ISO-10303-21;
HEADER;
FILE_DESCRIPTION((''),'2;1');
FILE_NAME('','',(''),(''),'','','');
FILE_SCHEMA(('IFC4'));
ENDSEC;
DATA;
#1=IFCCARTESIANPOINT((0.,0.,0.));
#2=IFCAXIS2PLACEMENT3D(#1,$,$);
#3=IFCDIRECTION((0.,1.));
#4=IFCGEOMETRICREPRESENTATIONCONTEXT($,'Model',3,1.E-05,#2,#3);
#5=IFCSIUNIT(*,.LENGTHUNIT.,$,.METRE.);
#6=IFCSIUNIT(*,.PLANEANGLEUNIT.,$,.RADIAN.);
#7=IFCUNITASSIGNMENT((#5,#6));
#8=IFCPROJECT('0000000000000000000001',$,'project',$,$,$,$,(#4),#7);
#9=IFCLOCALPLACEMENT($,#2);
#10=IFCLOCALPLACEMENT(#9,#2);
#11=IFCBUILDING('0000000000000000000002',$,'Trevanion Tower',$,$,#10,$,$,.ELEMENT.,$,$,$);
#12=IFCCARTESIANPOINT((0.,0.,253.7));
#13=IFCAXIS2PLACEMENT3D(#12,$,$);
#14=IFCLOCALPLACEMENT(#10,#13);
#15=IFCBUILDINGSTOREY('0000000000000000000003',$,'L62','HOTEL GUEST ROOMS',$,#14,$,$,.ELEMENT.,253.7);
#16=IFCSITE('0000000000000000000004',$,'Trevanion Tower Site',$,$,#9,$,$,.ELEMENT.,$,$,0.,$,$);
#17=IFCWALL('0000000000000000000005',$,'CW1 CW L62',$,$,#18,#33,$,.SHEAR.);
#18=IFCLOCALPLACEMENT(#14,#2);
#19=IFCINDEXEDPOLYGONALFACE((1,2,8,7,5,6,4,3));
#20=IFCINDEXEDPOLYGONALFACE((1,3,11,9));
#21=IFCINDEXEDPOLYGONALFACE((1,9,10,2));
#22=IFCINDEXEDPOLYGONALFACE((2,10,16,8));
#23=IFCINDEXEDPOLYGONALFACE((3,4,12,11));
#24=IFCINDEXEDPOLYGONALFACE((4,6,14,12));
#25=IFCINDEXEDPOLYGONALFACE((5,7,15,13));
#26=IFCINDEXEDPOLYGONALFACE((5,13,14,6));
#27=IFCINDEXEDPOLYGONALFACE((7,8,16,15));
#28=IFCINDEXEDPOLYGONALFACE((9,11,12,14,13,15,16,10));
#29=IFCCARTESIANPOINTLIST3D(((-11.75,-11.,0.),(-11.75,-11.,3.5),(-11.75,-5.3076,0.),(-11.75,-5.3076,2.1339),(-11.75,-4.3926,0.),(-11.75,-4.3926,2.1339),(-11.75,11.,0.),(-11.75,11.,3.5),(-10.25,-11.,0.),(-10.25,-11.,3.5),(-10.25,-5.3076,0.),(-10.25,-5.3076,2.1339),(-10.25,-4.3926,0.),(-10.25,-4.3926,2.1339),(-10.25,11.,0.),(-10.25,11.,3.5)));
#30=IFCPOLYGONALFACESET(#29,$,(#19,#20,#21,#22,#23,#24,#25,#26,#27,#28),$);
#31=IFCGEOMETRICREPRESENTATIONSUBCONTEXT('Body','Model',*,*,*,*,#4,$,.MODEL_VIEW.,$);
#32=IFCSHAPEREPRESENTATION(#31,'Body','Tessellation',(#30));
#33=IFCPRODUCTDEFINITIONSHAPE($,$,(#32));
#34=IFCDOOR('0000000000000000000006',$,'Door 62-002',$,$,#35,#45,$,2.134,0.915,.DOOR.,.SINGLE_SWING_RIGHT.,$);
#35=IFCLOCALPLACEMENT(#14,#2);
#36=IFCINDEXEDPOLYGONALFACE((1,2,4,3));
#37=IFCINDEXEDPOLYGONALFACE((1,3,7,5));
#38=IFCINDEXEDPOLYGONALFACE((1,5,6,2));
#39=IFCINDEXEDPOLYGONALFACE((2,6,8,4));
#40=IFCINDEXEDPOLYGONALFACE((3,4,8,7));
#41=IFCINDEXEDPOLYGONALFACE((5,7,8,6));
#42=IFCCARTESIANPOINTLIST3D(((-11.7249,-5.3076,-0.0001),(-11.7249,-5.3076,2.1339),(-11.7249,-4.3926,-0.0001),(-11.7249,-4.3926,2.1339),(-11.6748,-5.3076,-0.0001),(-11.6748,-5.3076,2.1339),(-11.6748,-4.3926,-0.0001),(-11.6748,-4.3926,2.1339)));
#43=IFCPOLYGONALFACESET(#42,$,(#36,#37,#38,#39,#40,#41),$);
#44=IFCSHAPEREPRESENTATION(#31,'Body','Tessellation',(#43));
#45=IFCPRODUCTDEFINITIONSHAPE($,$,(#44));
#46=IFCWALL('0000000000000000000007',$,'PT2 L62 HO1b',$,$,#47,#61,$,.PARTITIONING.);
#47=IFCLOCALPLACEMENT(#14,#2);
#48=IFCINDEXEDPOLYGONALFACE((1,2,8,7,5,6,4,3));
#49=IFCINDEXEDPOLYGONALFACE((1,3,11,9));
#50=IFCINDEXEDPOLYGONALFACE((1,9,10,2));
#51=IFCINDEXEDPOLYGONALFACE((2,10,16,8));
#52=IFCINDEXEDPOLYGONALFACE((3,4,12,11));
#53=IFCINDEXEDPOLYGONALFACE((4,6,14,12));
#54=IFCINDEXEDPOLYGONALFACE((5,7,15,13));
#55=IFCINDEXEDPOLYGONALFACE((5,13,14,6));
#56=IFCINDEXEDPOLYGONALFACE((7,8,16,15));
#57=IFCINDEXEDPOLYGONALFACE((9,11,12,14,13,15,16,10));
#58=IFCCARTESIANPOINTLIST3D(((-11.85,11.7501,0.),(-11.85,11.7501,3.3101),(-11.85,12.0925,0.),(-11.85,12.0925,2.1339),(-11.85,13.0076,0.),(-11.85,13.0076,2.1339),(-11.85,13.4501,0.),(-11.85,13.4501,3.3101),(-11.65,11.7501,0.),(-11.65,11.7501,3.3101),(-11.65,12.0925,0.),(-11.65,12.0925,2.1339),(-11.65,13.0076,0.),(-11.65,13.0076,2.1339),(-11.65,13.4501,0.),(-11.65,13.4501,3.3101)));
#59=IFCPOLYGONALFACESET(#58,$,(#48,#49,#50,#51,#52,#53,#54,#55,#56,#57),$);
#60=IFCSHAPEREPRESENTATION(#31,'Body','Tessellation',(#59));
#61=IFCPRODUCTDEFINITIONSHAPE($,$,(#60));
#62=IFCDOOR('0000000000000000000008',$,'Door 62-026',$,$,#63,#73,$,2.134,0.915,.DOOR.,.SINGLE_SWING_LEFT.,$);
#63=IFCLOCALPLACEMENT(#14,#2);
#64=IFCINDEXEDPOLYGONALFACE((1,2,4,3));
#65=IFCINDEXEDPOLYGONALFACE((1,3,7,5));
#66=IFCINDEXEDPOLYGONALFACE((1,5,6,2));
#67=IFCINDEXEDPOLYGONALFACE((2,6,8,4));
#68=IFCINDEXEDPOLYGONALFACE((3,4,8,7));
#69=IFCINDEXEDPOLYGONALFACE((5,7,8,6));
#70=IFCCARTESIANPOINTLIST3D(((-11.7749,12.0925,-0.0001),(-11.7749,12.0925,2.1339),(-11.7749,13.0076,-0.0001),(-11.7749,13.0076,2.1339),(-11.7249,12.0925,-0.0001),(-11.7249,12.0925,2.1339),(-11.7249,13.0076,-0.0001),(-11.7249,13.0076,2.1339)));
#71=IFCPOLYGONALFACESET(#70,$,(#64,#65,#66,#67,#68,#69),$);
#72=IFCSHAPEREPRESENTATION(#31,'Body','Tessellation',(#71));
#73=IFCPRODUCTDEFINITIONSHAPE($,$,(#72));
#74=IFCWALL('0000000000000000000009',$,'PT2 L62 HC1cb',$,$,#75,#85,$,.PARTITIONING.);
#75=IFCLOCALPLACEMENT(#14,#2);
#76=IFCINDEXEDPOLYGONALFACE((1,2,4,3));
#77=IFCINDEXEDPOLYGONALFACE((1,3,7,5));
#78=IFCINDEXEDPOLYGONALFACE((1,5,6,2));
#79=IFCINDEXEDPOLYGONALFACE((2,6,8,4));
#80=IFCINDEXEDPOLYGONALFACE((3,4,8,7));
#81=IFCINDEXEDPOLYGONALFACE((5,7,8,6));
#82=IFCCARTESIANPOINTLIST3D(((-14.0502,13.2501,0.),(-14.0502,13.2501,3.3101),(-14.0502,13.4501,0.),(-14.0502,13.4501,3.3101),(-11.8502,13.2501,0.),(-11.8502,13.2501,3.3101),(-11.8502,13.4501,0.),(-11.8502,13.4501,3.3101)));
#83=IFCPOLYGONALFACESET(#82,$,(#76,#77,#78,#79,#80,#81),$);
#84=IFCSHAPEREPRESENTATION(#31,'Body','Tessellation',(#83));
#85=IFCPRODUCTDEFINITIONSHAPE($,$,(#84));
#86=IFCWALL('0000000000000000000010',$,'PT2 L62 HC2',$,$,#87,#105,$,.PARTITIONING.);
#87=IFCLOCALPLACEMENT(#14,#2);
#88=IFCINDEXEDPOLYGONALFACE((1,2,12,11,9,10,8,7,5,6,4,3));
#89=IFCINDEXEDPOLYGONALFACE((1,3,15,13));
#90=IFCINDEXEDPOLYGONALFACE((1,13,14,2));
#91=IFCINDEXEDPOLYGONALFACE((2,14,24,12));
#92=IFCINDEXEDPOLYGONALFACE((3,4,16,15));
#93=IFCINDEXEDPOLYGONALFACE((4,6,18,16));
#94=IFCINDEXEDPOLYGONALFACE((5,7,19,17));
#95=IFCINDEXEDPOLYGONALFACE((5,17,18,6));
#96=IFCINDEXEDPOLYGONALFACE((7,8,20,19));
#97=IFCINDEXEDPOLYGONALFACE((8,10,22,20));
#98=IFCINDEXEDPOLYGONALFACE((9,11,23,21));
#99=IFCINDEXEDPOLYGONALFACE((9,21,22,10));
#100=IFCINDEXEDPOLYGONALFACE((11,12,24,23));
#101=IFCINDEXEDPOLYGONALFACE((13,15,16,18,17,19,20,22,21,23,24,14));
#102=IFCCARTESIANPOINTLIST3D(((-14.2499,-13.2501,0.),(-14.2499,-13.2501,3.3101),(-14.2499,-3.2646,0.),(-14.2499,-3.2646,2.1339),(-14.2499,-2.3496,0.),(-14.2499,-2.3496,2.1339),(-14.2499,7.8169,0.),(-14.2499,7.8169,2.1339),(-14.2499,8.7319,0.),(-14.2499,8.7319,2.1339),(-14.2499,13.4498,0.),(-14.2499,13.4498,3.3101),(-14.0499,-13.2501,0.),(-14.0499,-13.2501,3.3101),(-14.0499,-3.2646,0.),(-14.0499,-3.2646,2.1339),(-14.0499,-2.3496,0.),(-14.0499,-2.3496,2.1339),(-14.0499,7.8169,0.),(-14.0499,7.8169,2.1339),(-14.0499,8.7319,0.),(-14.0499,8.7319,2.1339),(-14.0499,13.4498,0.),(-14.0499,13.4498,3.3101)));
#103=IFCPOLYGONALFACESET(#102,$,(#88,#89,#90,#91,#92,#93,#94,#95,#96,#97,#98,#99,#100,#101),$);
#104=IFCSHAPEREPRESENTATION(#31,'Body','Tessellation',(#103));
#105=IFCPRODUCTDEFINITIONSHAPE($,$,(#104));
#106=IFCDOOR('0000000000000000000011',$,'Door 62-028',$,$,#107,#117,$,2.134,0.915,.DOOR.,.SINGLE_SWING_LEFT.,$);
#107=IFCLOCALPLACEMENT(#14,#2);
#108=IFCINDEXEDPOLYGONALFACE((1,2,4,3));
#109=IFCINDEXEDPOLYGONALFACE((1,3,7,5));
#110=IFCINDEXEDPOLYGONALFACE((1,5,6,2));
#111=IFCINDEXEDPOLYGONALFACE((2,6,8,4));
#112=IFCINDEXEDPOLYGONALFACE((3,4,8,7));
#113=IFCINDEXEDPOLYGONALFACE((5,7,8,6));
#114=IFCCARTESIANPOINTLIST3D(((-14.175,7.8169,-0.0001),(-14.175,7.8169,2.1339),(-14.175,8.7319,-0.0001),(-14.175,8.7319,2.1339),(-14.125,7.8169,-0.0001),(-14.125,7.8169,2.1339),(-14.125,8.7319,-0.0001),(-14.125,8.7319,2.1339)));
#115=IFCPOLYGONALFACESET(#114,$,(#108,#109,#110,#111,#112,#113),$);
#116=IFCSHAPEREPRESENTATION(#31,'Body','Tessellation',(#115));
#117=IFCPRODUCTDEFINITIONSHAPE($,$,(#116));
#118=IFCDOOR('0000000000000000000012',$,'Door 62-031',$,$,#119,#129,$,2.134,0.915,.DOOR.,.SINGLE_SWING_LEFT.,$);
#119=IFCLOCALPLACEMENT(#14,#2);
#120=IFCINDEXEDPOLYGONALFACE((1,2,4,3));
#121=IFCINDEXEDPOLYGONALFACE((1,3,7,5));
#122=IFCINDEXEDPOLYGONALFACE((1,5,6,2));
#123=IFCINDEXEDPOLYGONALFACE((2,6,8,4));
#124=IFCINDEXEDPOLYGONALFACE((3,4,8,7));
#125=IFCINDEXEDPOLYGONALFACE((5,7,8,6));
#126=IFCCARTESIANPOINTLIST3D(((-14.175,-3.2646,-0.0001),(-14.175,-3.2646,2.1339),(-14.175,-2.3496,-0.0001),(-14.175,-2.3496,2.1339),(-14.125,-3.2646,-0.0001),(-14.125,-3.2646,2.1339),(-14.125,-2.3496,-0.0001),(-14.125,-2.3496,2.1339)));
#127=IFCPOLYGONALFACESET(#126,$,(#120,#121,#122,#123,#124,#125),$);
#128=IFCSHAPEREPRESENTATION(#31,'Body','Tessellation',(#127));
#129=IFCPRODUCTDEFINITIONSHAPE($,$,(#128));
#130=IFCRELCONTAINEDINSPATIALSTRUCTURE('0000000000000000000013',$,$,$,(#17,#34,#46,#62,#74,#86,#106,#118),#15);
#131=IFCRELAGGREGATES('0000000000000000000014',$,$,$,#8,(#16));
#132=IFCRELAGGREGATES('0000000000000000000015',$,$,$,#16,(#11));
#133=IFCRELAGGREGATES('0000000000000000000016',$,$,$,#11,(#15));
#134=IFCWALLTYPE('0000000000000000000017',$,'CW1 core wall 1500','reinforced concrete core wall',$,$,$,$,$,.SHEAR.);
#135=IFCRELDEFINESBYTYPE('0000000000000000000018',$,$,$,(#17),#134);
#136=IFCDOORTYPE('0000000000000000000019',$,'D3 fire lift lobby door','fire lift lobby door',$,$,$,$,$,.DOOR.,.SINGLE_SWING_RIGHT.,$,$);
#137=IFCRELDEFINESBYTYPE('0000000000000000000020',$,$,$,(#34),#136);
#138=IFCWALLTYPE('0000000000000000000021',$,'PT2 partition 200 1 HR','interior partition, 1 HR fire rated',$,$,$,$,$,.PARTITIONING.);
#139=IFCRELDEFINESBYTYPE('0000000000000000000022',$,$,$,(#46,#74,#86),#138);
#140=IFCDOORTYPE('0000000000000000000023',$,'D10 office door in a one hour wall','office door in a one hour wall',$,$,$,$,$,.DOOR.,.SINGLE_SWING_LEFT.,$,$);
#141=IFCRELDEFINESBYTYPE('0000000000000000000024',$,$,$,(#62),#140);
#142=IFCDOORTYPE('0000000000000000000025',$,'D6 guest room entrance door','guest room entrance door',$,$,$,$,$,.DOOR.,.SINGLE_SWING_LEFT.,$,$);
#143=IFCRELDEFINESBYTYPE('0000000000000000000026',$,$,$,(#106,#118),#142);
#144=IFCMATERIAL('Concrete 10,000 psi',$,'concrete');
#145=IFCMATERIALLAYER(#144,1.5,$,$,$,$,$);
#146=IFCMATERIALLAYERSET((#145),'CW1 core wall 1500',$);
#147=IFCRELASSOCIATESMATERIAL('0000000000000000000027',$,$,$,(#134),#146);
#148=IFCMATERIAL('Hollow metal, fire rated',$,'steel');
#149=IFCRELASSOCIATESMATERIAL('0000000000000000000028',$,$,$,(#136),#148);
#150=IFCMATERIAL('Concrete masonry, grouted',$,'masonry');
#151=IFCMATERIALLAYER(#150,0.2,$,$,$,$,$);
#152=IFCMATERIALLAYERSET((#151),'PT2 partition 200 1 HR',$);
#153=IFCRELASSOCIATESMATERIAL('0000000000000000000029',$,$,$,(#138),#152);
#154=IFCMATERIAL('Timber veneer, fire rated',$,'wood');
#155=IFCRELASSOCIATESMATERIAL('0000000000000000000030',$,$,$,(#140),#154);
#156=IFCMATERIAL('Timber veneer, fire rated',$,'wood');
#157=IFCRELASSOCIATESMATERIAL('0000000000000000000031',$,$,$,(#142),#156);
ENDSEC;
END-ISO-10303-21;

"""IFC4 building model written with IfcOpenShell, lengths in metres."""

from ifc_helpers import new_model, si_unit, direction, frame, frame_2d, origin, place, context, subcontext, project, spatial, rectangle, extrude, material, layer, layer_set, type_object, element, fill, save


model = new_model("IFC4")

# Units and contexts
model_context = context("Model", 3, precision=1e-05, world=origin(), true_north=direction((0.0, 1.0)))
body_context = subcontext(model_context, "Body", "Model", "MODEL_VIEW")
ifc_project = project(units=[si_unit("LENGTHUNIT", "METRE"), si_unit("PLANEANGLEUNIT", "RADIAN")], contexts=[model_context])

# Site, building, storey
site_placement = place(None, origin())
site = spatial("IfcSite", under=ifc_project, at=site_placement, Name="Trevanion Tower Site", CompositionType="ELEMENT", RefElevation=0.0)
building_placement = place(site_placement, origin())
building = spatial("IfcBuilding", under=site, at=building_placement, Name="Trevanion Tower", CompositionType="ELEMENT")
storey_placement = place(building_placement, frame((0.0, 0.0, 253.7)))
storey = spatial("IfcBuildingStorey", under=building, at=storey_placement, Name="L62", Description="HOTEL GUEST ROOMS", CompositionType="ELEMENT", Elevation=253.7)

# Walls, openings, doors
ifc_material_1 = material(Name="Concrete 10,000 psi", Category="concrete")
ifc_layer_1 = layer(ifc_material_1, 1.5)
ifc_layer_set_1 = layer_set([ifc_layer_1], Name="CW1 core wall 1500")
wall_type_1 = type_object("IfcWallType", Name="CW1 core wall 1500", Description="reinforced concrete core wall", PredefinedType="SHEAR", material=ifc_layer_set_1)
wall_1_placement = place(storey_placement, frame((-11.0, 11.0, 0.0), z_axis=(0.0, 0.0, 1.0), x_axis=(0.0, -1.0, 0.0)))
wall_1 = element("IfcWall", 1, at=wall_1_placement, inside=storey, type_object=wall_type_1, Name="CW1 CW L62", PredefinedType="SHEAR", context=body_context, shape_type="SweptSolid", body=[
    extrude(rectangle(XDim=22.0, YDim=1.5, at=frame_2d((11.0, 0.0))), origin(), (0.0, 0.0, 1.0), 3.5),
])
opening_1_placement = place(wall_1_placement, frame((15.3926, 0.0, 0.0)))
opening_1 = element("IfcOpeningElement", 2, at=opening_1_placement, cuts=wall_1, PredefinedType="OPENING", context=body_context, shape_type="SweptSolid", body=[
    extrude(rectangle(XDim=0.915, YDim=2.134, at=frame_2d((0.4575, 1.0669))), frame((0.0, 0.76, 0.0), z_axis=(0.0, -1.0, 0.0), x_axis=(1.0, 0.0, 0.0)), (0.0, 0.0, 1.0), 1.52),
])
ifc_material_2 = material(Name="Hollow metal, fire rated", Category="steel")
door_type_1 = type_object("IfcDoorType", Name="D3 fire lift lobby door", Description="fire lift lobby door", OperationType="SINGLE_SWING_RIGHT", PredefinedType="DOOR", material=ifc_material_2)
door_1_placement = place(opening_1_placement, origin())
door_1 = element("IfcDoor", 3, at=door_1_placement, inside=storey, type_object=door_type_1, Name="Door 62-002", OperationType="SINGLE_SWING_RIGHT", OverallHeight=2.134, OverallWidth=0.915, PredefinedType="DOOR", context=body_context, shape_type="SweptSolid", body=[
    extrude(rectangle(XDim=0.915, YDim=2.134, at=frame_2d((0.4575, 1.0669))), frame((0.0, -0.6748, 0.0), z_axis=(0.0, -1.0, 0.0), x_axis=(1.0, 0.0, 0.0)), (0.0, 0.0, 1.0), 0.05),
])
fill(opening_1, door_1)
ifc_material_3 = material(Name="Concrete masonry, grouted", Category="masonry")
ifc_layer_2 = layer(ifc_material_3, 0.2)
ifc_layer_set_2 = layer_set([ifc_layer_2], Name="PT2 partition 200 1 HR")
wall_type_2 = type_object("IfcWallType", Name="PT2 partition 200 1 HR", Description="interior partition, 1 HR fire rated", PredefinedType="PARTITIONING", material=ifc_layer_set_2)
wall_2_placement = place(storey_placement, frame((-11.75, 11.75, 0.0), z_axis=(0.0, 0.0, 1.0), x_axis=(0.0, 1.0, 0.0)))
wall_2 = element("IfcWall", 4, at=wall_2_placement, inside=storey, type_object=wall_type_2, Name="PT2 L62 HO1b", PredefinedType="PARTITIONING", context=body_context, shape_type="SweptSolid", body=[
    extrude(rectangle(XDim=1.7, YDim=0.2, at=frame_2d((0.8501, 0.0))), origin(), (0.0, 0.0, 1.0), 3.3101),
])
opening_2_placement = place(wall_2_placement, frame((0.3425, 0.0, 0.0)))
opening_2 = element("IfcOpeningElement", 5, at=opening_2_placement, cuts=wall_2, PredefinedType="OPENING", context=body_context, shape_type="SweptSolid", body=[
    extrude(rectangle(XDim=0.915, YDim=2.134, at=frame_2d((0.4575, 1.0669))), frame((0.0, 0.1099, 0.0), z_axis=(0.0, -1.0, 0.0), x_axis=(1.0, 0.0, 0.0)), (0.0, 0.0, 1.0), 0.22),
])
ifc_material_4 = material(Name="Timber veneer, fire rated", Category="wood")
door_type_2 = type_object("IfcDoorType", Name="D10 office door in a one hour wall", Description="office door in a one hour wall", OperationType="SINGLE_SWING_LEFT", PredefinedType="DOOR", material=ifc_material_4)
door_2_placement = place(opening_2_placement, origin())
door_2 = element("IfcDoor", 6, at=door_2_placement, inside=storey, type_object=door_type_2, Name="Door 62-026", OperationType="SINGLE_SWING_LEFT", OverallHeight=2.134, OverallWidth=0.915, PredefinedType="DOOR", context=body_context, shape_type="SweptSolid", body=[
    extrude(rectangle(XDim=0.915, YDim=2.134, at=frame_2d((0.4575, 1.0669))), frame((0.0, 0.0249, 0.0), z_axis=(0.0, -1.0, 0.0), x_axis=(1.0, 0.0, 0.0)), (0.0, 0.0, 1.0), 0.05),
])
fill(opening_2, door_2)

# Wall
wall_3_placement = place(storey_placement, frame((-11.8501, 13.3501, 0.0), z_axis=(0.0, 0.0, 1.0), x_axis=(-1.0, 0.0, 0.0)))
element("IfcWall", 7, at=wall_3_placement, inside=storey, type_object=wall_type_2, Name="PT2 L62 HC1cb", PredefinedType="PARTITIONING", context=body_context, shape_type="SweptSolid", body=[
    extrude(rectangle(XDim=2.2, YDim=0.2, at=frame_2d((1.1001, 0.0))), origin(), (0.0, 0.0, 1.0), 3.3101),
])

# Wall, openings, doors
wall_4_placement = place(storey_placement, frame((-14.1499, 13.45, 0.0), z_axis=(0.0, 0.0, 1.0), x_axis=(0.0, -1.0, 0.0)))
wall_4 = element("IfcWall", 8, at=wall_4_placement, inside=storey, type_object=wall_type_2, Name="PT2 L62 HC2", PredefinedType="PARTITIONING", context=body_context, shape_type="SweptSolid", body=[
    extrude(rectangle(XDim=26.7, YDim=0.2, at=frame_2d((13.3501, 0.0))), origin(), (0.0, 0.0, 1.0), 3.3101),
])
opening_3_placement = place(wall_4_placement, frame((4.718, 0.0, 0.0)))
opening_3 = element("IfcOpeningElement", 9, at=opening_3_placement, cuts=wall_4, PredefinedType="OPENING", context=body_context, shape_type="SweptSolid", body=[
    extrude(rectangle(XDim=0.915, YDim=2.134, at=frame_2d((0.4575, 1.0669))), frame((0.0, 0.1099, 0.0), z_axis=(0.0, -1.0, 0.0), x_axis=(1.0, 0.0, 0.0)), (0.0, 0.0, 1.0), 0.22),
])
opening_4_placement = place(wall_4_placement, frame((15.7996, 0.0, 0.0)))
opening_4 = element("IfcOpeningElement", 10, at=opening_4_placement, cuts=wall_4, PredefinedType="OPENING", context=body_context, shape_type="SweptSolid", body=[
    extrude(rectangle(XDim=0.915, YDim=2.134, at=frame_2d((0.4575, 1.0669))), frame((0.0, 0.1099, 0.0), z_axis=(0.0, -1.0, 0.0), x_axis=(1.0, 0.0, 0.0)), (0.0, 0.0, 1.0), 0.22),
])
ifc_material_5 = material(Name="Timber veneer, fire rated", Category="wood")
door_type_3 = type_object("IfcDoorType", Name="D6 guest room entrance door", Description="guest room entrance door", OperationType="SINGLE_SWING_LEFT", PredefinedType="DOOR", material=ifc_material_5)
door_3_placement = place(opening_3_placement, origin())
door_3 = element("IfcDoor", 11, at=door_3_placement, inside=storey, type_object=door_type_3, Name="Door 62-028", OperationType="SINGLE_SWING_LEFT", OverallHeight=2.134, OverallWidth=0.915, PredefinedType="DOOR", context=body_context, shape_type="SweptSolid", body=[
    extrude(rectangle(XDim=0.915, YDim=2.134, at=frame_2d((0.4575, 1.0669))), frame((0.0, 0.0249, 0.0), z_axis=(0.0, -1.0, 0.0), x_axis=(1.0, 0.0, 0.0)), (0.0, 0.0, 1.0), 0.05),
])
fill(opening_3, door_3)
door_4_placement = place(opening_4_placement, origin())
door_4 = element("IfcDoor", 12, at=door_4_placement, inside=storey, type_object=door_type_3, Name="Door 62-031", OperationType="SINGLE_SWING_LEFT", OverallHeight=2.134, OverallWidth=0.915, PredefinedType="DOOR", context=body_context, shape_type="SweptSolid", body=[
    extrude(rectangle(XDim=0.915, YDim=2.134, at=frame_2d((0.4575, 1.0669))), frame((0.0, 0.0249, 0.0), z_axis=(0.0, -1.0, 0.0), x_axis=(1.0, 0.0, 0.0)), (0.0, 0.0, 1.0), 0.05),
])
fill(opening_4, door_4)

save(model, "model.ifc")
